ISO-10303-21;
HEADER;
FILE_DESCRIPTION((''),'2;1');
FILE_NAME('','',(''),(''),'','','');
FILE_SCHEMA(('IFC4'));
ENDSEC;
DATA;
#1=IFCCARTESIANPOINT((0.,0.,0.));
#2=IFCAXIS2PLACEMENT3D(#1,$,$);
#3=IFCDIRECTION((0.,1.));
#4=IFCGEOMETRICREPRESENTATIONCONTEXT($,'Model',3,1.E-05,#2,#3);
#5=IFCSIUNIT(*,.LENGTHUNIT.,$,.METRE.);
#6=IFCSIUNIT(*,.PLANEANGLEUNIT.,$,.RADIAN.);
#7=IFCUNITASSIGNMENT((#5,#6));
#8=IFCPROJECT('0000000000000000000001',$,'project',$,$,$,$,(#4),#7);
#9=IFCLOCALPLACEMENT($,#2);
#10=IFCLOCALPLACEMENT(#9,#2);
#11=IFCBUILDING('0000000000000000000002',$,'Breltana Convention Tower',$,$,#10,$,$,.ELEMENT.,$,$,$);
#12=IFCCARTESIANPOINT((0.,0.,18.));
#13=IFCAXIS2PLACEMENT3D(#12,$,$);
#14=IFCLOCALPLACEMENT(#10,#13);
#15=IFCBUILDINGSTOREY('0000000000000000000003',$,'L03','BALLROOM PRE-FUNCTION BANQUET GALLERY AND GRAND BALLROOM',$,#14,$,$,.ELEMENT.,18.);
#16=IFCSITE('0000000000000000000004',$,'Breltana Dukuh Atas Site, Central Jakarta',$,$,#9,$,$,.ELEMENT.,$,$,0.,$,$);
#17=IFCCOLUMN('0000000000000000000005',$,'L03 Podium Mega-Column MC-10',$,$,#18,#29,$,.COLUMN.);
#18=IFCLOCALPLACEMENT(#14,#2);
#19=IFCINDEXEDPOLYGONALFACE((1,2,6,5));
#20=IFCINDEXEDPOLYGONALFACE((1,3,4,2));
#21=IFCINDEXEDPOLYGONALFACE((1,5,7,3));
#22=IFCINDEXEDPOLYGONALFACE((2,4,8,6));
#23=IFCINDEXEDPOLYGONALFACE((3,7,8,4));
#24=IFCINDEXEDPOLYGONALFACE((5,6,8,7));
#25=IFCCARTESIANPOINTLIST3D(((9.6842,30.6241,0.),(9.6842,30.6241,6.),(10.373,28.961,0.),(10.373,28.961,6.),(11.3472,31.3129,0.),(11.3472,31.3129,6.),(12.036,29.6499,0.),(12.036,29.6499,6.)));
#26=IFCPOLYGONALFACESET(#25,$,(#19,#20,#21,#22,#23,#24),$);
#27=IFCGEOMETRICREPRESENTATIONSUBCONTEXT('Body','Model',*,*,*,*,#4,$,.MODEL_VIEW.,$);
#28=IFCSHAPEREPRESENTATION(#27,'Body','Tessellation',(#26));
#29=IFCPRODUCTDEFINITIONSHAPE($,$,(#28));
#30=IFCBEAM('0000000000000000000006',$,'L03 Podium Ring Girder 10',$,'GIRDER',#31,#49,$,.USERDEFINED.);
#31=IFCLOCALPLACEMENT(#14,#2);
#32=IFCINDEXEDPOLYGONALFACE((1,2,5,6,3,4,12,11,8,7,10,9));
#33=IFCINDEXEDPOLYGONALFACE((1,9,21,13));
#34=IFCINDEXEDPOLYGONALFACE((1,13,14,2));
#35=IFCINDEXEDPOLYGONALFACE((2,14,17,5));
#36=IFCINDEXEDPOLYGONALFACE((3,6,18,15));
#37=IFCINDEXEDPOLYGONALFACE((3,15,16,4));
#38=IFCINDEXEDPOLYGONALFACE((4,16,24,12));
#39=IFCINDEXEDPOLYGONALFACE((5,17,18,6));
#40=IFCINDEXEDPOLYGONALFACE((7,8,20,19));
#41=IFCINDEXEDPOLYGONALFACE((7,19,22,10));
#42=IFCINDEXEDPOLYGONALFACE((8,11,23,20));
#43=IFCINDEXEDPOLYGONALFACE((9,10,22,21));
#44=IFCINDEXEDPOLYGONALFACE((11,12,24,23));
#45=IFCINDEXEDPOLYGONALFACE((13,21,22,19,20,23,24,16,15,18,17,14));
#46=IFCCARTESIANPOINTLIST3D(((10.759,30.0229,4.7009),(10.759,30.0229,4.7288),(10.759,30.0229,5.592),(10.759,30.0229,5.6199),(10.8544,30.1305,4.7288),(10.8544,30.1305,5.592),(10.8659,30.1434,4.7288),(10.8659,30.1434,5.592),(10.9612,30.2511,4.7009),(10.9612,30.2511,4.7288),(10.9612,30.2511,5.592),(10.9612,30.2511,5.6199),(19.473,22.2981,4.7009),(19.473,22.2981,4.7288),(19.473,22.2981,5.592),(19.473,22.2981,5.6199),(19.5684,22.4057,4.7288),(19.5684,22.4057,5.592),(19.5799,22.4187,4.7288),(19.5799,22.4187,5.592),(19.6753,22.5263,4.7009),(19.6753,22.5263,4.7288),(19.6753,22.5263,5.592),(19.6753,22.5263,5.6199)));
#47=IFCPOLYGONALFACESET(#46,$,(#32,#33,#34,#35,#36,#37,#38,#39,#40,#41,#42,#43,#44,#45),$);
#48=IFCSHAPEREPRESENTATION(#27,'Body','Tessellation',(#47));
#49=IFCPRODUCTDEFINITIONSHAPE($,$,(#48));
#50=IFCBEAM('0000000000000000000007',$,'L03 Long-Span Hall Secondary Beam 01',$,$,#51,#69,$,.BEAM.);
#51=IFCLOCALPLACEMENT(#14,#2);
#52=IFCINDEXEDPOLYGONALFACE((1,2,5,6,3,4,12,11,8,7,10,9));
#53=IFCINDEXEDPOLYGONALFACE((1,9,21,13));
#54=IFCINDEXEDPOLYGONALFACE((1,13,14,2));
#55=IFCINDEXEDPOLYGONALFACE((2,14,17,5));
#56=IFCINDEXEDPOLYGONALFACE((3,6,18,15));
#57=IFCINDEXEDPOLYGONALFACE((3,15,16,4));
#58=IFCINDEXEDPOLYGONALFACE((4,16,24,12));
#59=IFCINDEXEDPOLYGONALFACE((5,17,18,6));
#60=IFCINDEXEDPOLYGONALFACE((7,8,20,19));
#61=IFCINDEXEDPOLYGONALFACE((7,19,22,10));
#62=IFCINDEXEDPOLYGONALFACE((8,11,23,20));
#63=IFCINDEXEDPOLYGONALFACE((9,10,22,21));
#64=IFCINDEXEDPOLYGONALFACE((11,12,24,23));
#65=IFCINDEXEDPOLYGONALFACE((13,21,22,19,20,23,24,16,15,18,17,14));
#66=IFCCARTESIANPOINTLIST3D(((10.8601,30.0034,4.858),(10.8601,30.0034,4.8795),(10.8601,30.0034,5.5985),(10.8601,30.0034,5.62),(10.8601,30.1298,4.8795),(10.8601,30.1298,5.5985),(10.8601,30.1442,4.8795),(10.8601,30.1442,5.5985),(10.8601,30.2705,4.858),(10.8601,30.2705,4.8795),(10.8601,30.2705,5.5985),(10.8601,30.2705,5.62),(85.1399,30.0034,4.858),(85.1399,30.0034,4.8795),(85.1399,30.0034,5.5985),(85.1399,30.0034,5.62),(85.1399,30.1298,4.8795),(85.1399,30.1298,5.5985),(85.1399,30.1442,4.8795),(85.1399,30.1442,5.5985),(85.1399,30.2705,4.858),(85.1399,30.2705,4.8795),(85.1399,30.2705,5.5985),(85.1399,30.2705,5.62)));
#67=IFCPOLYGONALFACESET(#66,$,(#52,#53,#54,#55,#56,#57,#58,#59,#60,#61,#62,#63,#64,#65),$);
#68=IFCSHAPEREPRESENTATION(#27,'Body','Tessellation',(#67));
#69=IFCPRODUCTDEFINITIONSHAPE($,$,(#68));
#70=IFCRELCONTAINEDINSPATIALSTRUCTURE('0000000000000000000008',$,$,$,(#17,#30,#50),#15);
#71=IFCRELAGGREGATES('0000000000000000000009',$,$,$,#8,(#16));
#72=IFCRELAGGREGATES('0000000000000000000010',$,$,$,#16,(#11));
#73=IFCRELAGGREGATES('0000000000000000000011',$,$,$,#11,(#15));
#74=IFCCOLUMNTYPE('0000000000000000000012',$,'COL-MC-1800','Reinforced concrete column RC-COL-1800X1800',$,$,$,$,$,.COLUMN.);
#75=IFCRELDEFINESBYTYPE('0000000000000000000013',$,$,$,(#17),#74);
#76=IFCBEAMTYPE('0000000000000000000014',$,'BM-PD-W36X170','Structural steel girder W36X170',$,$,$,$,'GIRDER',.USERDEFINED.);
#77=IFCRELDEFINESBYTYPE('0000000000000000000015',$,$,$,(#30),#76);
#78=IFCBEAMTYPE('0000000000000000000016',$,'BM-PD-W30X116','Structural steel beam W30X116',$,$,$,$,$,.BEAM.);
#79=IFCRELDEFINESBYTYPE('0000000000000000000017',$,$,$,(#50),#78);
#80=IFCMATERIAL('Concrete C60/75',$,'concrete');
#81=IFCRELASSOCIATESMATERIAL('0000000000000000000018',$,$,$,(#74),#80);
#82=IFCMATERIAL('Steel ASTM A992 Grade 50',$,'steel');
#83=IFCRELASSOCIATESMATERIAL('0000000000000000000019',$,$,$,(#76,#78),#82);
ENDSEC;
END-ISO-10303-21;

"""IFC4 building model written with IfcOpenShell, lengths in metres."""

from ifc_helpers import new_model, si_unit, direction, frame, origin, origin_2d, place, context, subcontext, project, spatial, rectangle, i_section, extrude, source, transform, mapped, material, material_profile, profile_set, type_object, type_shapes, element, save


model = new_model("IFC4")

# Units and contexts
model_context = context("Model", 3, precision=1e-05, world=origin(), true_north=direction((0.0, 1.0)))
body_context = subcontext(model_context, "Body", "Model", "MODEL_VIEW")
ifc_project = project(units=[si_unit("LENGTHUNIT", "METRE"), si_unit("PLANEANGLEUNIT", "RADIAN")], contexts=[model_context])

# Site, building, storey
site_placement = place(None, origin())
site = spatial("IfcSite", under=ifc_project, at=site_placement, Name="Breltana Dukuh Atas Site, Central Jakarta", CompositionType="ELEMENT", RefElevation=0.0)
building_placement = place(site_placement, origin())
building = spatial("IfcBuilding", under=site, at=building_placement, Name="Breltana Convention Tower", CompositionType="ELEMENT")
storey_placement = place(building_placement, frame((0.0, 0.0, 18.0)))
storey = spatial("IfcBuildingStorey", under=building, at=storey_placement, Name="L03", Description="BALLROOM PRE-FUNCTION BANQUET GALLERY AND GRAND BALLROOM", CompositionType="ELEMENT", Elevation=18.0)

# Column
ifc_material_1 = material(Name="Concrete C60/75", Category="concrete")
ifc_material_profile_1 = material_profile(ifc_material_1, rectangle(XDim=1.8, YDim=1.8, at=origin_2d()), Name="RC-COL-1800X1800")
ifc_profile_set_1 = profile_set([ifc_material_profile_1], Name="Concrete C60/75")
column_type = type_object("IfcColumnType", Name="COL-MC-1800", Description="Reinforced concrete column RC-COL-1800X1800", PredefinedType="COLUMN", material=ifc_profile_set_1)
shared_shape_1 = source(origin(), body_context, "Body", "SweptSolid", [
    extrude(rectangle(XDim=1.8, YDim=1.8, at=origin_2d()), origin(), (0.0, 0.0, 1.0), 6.0),
])
type_shapes(column_type, [shared_shape_1])
column_placement = place(storey_placement, frame((10.8601, 30.137, 0.0), z_axis=(0.0, 0.0, 1.0), x_axis=(-0.92388, -0.382683, 0.0)))
element("IfcColumn", 1, at=column_placement, inside=storey, type_object=column_type, Name="L03 Podium Mega-Column MC-10", PredefinedType="COLUMN", context=body_context, shape_type="MappedRepresentation", body=[
    mapped(shared_shape_1, transform((0.0, 0.0, 0.0), scale=1.0)),
])

# Beams
ifc_material_2 = material(Name="Steel ASTM A992 Grade 50", Category="steel")
ifc_material_profile_2 = material_profile(ifc_material_2, i_section(OverallWidth=0.3049, OverallDepth=0.9189, WebThickness=0.0173, FlangeThickness=0.0278, at=origin_2d()), Name="W36X170")
ifc_profile_set_2 = profile_set([ifc_material_profile_2], Name="Steel ASTM A992 Grade 50")
beam_type_1 = type_object("IfcBeamType", Name="BM-PD-W36X170", Description="Structural steel girder W36X170", ElementType="GIRDER", PredefinedType="USERDEFINED", material=ifc_profile_set_2)
shared_shape_2 = source(origin(), body_context, "Body", "SweptSolid", [
    extrude(i_section(OverallWidth=0.3049, OverallDepth=0.9189, WebThickness=0.0173, FlangeThickness=0.0278, at=origin_2d()), origin(), (0.0, 0.0, 1.0), 11.645),
])
beam_1_placement = place(storey_placement, frame((10.8601, 30.137, 5.1604), z_axis=(0.748305, -0.663355, 0.0), x_axis=(0.663355, 0.748305, 0.0)))
element("IfcBeam", 2, at=beam_1_placement, inside=storey, type_object=beam_type_1, Name="L03 Podium Ring Girder 10", ObjectType="GIRDER", PredefinedType="USERDEFINED", context=body_context, shape_type="MappedRepresentation", body=[
    mapped(shared_shape_2, transform((0.0, 0.0, 0.0), scale=1.0)),
])
ifc_material_profile_3 = material_profile(ifc_material_2, i_section(OverallWidth=0.2671, OverallDepth=0.762, WebThickness=0.0144, FlangeThickness=0.0215, at=origin_2d()), Name="W30X116")
ifc_profile_set_3 = profile_set([ifc_material_profile_3], Name="Steel ASTM A992 Grade 50")
beam_type_2 = type_object("IfcBeamType", Name="BM-PD-W30X116", Description="Structural steel beam W30X116", PredefinedType="BEAM", material=ifc_profile_set_3)
shared_shape_3 = source(origin(), body_context, "Body", "SweptSolid", [
    extrude(i_section(OverallWidth=0.2671, OverallDepth=0.762, WebThickness=0.0144, FlangeThickness=0.0215, at=origin_2d()), origin(), (0.0, 0.0, 1.0), 74.2798),
])
type_shapes(beam_type_2, [shared_shape_3])
beam_2_placement = place(storey_placement, frame((10.8601, 30.137, 5.239), z_axis=(1.0, 0.0, 0.0), x_axis=(0.0, 1.0, 0.0)))
element("IfcBeam", 3, at=beam_2_placement, inside=storey, type_object=beam_type_2, Name="L03 Long-Span Hall Secondary Beam 01", PredefinedType="BEAM", context=body_context, shape_type="MappedRepresentation", body=[
    mapped(shared_shape_3, transform((0.0, 0.0, 0.0), scale=1.0)),
])

save(model, "model.ifc")
